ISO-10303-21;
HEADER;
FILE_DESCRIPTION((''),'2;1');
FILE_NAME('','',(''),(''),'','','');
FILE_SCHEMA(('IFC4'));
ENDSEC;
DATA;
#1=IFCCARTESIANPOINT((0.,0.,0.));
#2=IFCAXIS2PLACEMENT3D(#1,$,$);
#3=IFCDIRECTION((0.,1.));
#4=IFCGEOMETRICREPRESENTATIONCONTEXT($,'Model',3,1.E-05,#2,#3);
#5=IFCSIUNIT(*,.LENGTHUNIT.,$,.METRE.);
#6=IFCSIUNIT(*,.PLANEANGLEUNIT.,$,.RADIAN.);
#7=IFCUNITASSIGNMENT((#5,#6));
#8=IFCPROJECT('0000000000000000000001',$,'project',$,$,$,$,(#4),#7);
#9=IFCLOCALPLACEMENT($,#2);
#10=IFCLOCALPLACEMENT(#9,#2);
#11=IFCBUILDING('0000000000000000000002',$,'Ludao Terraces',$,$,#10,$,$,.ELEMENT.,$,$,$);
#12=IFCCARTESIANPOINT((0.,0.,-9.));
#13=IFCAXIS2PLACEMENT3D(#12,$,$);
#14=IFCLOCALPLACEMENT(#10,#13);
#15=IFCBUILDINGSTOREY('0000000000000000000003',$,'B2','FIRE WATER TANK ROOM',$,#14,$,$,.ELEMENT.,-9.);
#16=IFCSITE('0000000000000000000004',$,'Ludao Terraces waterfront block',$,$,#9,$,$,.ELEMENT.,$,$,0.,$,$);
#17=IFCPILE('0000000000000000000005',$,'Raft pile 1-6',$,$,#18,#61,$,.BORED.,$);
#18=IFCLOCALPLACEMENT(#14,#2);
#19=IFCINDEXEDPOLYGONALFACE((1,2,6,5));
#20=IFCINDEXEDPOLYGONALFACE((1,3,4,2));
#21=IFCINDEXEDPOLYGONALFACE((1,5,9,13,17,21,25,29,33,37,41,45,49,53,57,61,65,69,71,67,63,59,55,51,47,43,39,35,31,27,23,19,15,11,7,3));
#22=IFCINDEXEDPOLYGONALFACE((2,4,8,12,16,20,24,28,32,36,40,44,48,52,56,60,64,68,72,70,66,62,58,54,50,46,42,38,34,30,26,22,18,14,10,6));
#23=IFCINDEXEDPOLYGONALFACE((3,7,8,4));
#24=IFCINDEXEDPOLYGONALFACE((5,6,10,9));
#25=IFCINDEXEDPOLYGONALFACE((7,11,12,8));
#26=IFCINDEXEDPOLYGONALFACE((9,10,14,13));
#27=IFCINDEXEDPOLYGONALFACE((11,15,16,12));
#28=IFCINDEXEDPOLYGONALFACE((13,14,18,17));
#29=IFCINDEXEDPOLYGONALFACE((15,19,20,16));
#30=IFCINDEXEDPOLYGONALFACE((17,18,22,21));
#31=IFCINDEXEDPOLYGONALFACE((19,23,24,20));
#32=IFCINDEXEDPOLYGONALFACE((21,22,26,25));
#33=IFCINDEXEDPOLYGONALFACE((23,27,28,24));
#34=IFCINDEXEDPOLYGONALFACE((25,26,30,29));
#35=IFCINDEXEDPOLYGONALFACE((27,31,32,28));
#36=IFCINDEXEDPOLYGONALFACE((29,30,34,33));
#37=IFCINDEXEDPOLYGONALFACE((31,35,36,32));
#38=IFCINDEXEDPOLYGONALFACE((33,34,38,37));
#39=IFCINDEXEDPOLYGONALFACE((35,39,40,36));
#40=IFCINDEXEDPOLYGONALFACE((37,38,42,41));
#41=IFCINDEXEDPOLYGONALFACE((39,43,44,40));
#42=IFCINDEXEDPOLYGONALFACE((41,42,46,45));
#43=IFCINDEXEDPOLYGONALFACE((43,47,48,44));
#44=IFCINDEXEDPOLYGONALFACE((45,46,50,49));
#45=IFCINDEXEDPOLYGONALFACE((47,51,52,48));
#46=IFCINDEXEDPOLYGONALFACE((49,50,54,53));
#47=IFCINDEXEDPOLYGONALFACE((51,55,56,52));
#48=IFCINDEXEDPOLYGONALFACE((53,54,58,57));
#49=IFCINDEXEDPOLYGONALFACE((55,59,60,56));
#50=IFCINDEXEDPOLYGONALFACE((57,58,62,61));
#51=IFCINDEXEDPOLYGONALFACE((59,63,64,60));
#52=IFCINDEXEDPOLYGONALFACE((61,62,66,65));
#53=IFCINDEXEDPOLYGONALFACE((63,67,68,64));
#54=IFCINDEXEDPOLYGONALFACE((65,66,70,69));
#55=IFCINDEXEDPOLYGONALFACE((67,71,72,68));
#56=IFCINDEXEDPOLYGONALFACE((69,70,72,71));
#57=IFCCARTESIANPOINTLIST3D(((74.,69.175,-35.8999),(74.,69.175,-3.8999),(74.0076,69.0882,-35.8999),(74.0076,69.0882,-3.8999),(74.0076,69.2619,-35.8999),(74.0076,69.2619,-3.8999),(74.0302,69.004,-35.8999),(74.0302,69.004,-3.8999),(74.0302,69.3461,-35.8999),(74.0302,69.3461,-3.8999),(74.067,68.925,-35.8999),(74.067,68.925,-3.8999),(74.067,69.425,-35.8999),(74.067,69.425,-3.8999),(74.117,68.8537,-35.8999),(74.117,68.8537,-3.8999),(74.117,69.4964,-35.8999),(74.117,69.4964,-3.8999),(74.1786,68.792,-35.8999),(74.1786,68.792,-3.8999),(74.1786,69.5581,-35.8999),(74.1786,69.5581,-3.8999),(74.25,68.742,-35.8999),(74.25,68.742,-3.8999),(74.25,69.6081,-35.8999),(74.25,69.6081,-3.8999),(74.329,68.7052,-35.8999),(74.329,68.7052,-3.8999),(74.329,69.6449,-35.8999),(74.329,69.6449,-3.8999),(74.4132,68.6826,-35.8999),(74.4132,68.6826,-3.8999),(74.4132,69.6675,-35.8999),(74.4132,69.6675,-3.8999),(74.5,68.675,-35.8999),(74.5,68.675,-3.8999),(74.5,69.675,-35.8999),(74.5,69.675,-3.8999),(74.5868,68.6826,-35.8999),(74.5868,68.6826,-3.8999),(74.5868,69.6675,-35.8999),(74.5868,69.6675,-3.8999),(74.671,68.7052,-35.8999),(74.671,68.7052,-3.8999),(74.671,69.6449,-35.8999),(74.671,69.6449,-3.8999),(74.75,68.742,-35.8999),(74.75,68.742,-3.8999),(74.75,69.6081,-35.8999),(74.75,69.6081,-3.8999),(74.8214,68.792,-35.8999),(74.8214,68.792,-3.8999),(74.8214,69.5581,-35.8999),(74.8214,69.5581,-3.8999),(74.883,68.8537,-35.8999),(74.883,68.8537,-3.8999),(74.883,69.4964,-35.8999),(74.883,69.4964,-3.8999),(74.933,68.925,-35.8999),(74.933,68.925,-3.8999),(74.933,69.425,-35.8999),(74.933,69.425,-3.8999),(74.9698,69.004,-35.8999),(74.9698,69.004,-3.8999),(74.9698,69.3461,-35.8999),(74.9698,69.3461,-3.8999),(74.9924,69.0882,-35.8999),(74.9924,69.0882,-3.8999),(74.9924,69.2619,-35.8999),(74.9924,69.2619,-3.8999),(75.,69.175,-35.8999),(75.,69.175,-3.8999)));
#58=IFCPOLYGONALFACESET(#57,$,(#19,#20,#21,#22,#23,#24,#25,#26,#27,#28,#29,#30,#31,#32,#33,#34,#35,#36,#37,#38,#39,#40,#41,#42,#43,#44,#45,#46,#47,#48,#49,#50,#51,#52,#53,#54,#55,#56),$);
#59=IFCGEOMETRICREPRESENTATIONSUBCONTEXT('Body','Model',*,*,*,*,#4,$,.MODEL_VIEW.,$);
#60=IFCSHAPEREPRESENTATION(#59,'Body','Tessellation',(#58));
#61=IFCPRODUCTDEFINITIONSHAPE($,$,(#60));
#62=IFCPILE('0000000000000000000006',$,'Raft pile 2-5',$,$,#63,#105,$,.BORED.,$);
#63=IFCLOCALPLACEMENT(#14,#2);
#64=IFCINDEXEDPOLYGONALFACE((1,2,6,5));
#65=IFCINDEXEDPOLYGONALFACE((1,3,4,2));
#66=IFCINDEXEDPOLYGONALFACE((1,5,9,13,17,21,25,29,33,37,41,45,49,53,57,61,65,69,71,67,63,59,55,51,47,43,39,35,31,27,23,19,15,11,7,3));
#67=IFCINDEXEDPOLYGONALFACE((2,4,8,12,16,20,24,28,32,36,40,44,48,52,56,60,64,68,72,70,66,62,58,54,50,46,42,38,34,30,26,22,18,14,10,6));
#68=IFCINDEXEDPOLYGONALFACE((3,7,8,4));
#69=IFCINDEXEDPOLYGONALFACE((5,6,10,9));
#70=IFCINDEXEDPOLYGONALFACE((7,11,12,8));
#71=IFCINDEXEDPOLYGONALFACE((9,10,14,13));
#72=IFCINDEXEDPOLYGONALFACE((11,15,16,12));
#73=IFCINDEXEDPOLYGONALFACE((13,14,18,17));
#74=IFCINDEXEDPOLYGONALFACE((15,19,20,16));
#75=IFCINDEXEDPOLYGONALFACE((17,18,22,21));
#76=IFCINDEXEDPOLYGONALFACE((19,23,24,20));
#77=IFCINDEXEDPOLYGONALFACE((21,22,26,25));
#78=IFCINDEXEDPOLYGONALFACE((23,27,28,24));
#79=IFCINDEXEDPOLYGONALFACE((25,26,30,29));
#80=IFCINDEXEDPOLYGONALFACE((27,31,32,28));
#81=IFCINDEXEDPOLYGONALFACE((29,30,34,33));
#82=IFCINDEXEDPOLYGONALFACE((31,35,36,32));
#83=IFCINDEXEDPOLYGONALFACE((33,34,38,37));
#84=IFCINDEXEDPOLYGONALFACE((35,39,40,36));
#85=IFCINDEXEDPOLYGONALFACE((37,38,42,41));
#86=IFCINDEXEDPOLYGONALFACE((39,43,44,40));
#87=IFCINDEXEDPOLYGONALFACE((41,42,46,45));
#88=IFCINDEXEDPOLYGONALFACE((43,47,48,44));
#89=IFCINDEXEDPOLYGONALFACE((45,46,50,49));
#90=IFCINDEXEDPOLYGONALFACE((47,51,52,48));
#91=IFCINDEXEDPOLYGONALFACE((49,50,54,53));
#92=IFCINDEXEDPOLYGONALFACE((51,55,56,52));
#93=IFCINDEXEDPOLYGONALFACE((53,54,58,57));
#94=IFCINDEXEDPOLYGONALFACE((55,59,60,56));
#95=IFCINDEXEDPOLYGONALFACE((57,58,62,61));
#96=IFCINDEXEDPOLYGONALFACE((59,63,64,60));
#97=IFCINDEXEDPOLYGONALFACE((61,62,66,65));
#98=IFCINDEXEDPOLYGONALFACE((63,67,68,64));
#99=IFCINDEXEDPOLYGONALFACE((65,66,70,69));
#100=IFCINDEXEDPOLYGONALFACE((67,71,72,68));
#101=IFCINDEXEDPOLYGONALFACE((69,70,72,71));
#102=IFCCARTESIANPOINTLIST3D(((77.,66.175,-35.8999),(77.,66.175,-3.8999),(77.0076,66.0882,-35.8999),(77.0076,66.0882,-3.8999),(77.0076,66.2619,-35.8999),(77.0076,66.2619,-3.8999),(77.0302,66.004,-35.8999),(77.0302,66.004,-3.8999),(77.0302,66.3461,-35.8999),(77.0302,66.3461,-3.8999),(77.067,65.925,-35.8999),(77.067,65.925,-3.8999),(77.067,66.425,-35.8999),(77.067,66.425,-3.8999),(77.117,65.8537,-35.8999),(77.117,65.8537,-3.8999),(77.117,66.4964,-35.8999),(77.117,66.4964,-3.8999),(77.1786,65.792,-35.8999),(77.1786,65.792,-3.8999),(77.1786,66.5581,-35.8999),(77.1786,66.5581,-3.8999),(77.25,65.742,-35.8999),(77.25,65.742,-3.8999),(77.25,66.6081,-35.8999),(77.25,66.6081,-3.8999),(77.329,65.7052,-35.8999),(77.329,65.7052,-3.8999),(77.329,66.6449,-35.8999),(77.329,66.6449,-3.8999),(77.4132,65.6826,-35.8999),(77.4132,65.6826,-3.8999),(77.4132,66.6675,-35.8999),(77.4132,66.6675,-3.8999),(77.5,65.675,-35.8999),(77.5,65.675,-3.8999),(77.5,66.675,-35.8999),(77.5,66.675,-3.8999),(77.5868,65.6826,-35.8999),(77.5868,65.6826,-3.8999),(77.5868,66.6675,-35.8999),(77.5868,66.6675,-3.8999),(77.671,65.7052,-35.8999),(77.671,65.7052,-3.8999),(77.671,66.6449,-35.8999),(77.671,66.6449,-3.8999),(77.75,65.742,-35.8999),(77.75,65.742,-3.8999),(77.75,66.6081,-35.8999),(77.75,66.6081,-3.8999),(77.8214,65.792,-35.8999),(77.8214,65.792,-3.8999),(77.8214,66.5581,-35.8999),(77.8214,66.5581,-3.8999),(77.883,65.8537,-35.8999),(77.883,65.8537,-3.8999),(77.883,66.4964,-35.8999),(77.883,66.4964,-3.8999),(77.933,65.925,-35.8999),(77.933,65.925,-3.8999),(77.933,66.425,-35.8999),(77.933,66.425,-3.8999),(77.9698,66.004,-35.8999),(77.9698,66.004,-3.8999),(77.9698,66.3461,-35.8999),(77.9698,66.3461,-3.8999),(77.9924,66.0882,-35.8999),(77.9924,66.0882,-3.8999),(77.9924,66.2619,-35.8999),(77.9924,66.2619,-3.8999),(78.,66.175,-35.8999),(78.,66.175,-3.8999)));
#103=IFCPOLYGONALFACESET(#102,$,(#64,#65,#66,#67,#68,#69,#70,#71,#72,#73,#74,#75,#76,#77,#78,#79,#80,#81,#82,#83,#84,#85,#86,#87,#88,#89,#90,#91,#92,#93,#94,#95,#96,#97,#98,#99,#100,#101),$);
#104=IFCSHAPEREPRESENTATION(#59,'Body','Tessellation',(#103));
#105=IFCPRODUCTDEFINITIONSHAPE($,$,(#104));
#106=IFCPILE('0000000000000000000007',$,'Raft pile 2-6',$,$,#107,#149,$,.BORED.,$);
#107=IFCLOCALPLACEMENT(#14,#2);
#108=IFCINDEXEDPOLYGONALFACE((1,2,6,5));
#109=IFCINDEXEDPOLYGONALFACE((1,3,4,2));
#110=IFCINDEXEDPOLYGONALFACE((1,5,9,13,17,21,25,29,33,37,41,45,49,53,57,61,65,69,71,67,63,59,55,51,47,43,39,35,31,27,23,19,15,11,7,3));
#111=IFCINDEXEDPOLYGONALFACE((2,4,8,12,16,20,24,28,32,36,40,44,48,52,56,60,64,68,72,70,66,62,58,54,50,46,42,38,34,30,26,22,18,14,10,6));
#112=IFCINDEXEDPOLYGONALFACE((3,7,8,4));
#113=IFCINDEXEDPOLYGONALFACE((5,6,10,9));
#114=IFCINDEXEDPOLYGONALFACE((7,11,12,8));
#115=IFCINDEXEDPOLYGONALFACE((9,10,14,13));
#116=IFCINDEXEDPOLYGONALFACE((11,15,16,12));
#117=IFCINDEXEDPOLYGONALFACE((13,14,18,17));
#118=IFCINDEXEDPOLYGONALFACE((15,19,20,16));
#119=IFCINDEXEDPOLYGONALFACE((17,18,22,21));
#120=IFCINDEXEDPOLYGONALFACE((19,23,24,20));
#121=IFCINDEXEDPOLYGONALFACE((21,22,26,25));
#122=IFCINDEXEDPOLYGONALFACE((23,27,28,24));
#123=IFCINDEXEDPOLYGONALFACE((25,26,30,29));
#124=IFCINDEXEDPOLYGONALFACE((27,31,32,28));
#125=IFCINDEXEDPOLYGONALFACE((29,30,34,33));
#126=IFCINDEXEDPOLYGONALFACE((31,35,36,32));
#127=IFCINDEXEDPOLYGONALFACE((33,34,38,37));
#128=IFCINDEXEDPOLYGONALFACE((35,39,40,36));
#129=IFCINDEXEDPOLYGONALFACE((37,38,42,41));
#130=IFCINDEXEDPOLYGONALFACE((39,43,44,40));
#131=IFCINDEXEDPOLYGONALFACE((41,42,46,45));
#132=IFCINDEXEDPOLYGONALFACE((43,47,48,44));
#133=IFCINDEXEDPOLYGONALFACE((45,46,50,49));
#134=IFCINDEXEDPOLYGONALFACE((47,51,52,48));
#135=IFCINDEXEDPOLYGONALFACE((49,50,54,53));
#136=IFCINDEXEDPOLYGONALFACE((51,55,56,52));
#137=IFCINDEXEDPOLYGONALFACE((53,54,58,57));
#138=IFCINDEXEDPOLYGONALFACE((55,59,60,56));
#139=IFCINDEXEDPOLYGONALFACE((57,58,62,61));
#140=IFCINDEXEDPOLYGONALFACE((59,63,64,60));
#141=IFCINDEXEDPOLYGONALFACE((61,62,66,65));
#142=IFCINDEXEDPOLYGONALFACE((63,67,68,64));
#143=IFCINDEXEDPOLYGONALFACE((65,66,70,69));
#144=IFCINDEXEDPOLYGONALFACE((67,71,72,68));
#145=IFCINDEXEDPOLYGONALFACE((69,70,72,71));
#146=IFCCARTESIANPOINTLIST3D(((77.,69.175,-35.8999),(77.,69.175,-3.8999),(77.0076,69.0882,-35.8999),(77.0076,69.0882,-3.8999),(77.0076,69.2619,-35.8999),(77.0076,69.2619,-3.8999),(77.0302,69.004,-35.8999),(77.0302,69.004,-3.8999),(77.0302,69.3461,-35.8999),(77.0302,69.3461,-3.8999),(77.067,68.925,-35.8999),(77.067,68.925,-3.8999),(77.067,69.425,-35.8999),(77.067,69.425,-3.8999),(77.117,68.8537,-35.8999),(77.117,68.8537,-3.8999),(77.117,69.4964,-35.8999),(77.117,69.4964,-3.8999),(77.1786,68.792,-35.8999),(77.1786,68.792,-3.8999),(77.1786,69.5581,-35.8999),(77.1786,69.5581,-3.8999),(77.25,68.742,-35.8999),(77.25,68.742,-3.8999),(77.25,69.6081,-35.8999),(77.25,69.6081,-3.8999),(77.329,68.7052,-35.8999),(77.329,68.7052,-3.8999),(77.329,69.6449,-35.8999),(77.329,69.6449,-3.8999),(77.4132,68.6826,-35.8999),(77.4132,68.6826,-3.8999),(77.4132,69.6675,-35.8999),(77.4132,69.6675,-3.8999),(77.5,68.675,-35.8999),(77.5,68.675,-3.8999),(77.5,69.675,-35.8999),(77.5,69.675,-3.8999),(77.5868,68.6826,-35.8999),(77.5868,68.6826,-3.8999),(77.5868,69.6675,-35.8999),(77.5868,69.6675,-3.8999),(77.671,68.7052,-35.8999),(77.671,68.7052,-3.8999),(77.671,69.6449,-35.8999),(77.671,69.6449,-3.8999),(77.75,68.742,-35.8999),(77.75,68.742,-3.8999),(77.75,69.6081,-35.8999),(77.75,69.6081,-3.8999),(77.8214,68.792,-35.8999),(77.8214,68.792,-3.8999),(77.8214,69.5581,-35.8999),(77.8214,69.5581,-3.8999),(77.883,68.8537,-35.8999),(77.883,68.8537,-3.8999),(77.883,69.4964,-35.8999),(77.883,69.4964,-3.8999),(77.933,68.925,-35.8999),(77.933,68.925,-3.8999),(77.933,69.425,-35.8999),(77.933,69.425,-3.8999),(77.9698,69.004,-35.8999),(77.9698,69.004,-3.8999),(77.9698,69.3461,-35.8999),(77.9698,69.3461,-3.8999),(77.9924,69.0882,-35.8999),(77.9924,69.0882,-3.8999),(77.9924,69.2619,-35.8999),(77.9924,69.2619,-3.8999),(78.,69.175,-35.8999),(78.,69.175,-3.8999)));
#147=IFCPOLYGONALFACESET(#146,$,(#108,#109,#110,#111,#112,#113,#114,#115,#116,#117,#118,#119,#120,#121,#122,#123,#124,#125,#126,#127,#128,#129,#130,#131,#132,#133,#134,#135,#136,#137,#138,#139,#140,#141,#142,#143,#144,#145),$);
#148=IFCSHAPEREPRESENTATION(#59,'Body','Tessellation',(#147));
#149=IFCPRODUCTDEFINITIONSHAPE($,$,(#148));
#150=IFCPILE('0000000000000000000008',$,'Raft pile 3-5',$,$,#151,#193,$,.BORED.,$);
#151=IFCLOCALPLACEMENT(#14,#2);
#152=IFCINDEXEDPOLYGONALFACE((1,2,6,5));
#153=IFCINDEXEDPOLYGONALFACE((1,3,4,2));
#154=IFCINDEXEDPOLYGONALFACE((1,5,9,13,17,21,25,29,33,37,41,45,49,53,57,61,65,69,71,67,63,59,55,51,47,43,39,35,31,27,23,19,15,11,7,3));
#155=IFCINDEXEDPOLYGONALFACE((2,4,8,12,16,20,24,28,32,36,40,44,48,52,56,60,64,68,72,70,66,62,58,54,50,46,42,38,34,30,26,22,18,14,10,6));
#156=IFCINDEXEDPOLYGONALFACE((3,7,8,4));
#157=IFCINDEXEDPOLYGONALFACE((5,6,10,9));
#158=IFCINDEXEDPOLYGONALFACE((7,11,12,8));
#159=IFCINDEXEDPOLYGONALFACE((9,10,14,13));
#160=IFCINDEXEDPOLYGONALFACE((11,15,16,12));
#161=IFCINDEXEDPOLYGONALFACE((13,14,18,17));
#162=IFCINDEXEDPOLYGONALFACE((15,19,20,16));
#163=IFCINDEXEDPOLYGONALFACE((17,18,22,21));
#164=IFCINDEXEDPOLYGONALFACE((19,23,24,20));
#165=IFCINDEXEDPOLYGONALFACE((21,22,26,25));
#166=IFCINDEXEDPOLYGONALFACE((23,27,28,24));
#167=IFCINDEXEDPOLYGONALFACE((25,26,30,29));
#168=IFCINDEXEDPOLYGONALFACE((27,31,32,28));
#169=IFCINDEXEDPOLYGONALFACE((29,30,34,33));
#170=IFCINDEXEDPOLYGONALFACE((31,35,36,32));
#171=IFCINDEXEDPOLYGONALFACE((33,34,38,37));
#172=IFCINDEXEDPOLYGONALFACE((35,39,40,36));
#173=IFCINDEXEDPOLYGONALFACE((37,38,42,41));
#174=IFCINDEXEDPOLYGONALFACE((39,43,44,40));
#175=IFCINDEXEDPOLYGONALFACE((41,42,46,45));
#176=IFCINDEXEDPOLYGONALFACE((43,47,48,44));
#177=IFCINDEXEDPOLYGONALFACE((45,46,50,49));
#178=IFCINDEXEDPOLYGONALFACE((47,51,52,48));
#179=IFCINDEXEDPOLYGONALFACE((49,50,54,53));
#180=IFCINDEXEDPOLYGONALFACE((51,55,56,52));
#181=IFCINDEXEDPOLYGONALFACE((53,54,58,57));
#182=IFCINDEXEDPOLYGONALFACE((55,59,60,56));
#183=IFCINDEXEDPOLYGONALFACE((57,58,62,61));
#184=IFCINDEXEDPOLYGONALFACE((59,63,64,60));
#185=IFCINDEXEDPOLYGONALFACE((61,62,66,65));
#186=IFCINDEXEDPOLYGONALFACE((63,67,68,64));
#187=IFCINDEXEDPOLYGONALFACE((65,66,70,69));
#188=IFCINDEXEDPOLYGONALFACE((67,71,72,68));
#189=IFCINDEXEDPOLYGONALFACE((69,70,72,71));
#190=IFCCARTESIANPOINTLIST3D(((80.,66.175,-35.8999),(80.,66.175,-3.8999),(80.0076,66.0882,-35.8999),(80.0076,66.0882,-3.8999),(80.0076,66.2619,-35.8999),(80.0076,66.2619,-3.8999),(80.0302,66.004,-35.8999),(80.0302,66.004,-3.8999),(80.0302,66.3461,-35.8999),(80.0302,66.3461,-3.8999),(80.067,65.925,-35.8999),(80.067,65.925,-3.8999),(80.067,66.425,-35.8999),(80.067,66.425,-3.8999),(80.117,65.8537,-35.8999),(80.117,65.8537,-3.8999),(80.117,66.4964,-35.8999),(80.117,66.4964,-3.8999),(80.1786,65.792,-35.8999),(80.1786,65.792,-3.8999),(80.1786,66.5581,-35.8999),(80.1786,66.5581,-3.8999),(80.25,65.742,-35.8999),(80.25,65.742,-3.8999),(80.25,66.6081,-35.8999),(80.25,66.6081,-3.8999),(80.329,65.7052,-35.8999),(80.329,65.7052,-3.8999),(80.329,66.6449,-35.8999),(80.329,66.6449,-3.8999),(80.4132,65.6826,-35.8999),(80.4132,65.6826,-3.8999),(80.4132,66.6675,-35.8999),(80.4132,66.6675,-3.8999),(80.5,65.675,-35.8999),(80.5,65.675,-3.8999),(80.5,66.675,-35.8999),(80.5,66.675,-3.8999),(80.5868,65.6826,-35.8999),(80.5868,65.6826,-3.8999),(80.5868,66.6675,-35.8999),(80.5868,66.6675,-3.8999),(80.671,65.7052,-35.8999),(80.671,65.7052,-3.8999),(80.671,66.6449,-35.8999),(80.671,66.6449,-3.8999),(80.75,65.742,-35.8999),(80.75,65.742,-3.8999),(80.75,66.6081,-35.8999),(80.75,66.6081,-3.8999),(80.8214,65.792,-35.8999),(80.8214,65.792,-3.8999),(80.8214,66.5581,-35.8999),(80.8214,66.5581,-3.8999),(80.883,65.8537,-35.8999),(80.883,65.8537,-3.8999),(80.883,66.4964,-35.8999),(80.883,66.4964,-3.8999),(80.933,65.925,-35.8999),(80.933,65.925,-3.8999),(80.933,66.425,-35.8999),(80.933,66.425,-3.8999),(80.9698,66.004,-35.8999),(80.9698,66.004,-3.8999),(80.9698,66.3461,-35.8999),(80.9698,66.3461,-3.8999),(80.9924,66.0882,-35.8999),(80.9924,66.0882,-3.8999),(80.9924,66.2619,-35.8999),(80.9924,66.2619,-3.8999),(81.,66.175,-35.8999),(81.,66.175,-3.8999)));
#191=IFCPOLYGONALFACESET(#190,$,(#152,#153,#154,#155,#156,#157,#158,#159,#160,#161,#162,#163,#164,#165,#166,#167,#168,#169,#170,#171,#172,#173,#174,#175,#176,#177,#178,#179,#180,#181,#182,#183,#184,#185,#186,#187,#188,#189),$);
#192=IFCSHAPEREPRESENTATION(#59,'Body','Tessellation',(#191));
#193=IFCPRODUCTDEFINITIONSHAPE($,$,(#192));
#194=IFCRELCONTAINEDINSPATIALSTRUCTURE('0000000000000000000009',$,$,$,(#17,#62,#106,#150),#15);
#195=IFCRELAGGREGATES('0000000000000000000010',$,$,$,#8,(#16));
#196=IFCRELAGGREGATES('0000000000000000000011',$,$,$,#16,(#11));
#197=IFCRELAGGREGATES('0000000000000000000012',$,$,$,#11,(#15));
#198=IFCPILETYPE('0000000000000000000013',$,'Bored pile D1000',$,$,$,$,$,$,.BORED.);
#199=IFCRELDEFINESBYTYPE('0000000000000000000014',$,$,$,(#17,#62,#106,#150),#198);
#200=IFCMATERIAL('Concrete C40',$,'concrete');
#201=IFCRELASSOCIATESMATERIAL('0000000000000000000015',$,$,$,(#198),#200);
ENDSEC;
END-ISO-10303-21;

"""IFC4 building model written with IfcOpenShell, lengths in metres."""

from ifc_helpers import new_model, si_unit, direction, frame, origin, origin_2d, place, context, subcontext, project, spatial, circle, extrude, material, material_profile, profile_set, type_object, element, save


model = new_model("IFC4")

# Units and contexts
model_context = context("Model", 3, precision=1e-05, world=origin(), true_north=direction((0.0, 1.0)))
body_context = subcontext(model_context, "Body", "Model", "MODEL_VIEW")
ifc_project = project(units=[si_unit("LENGTHUNIT", "METRE"), si_unit("PLANEANGLEUNIT", "RADIAN")], contexts=[model_context])

# Site, building, storey
site_placement = place(None, origin())
site = spatial("IfcSite", under=ifc_project, at=site_placement, Name="Ludao Terraces waterfront block", CompositionType="ELEMENT", RefElevation=0.0)
building_placement = place(site_placement, origin())
building = spatial("IfcBuilding", under=site, at=building_placement, Name="Ludao Terraces", CompositionType="ELEMENT")
storey_placement = place(building_placement, frame((0.0, 0.0, -9.0)))
storey = spatial("IfcBuildingStorey", under=building, at=storey_placement, Name="B2", Description="FIRE WATER TANK ROOM", CompositionType="ELEMENT", Elevation=-9.0)

# Piles
ifc_material_1 = material(Name="Concrete C40", Category="concrete")
ifc_material_profile = material_profile(ifc_material_1, circle(Radius=0.5, at=origin_2d()), Name="D1000 BORED PILE")
ifc_profile_set = profile_set([ifc_material_profile], Name="Concrete C40")
pile_type = type_object("IfcPileType", Name="Bored pile D1000", PredefinedType="BORED", material=ifc_profile_set)
for number, where, z_axis, x_axis, name in (
    (1, (74.5, 69.175, -3.8999), (0.0, 0.0, -1.0), (1.0, 0.0, 0.0), "Raft pile 1-6"),
    (2, (77.5, 66.175, -3.8999), (0.0, 0.0, -1.0), (1.0, 0.0, 0.0), "Raft pile 2-5"),
    (3, (77.5, 69.175, -3.8999), (0.0, 0.0, -1.0), (1.0, 0.0, 0.0), "Raft pile 2-6"),
    (4, (80.5, 66.175, -3.8999), (0.0, 0.0, -1.0), (1.0, 0.0, 0.0), "Raft pile 3-5"),
):
    element("IfcPile", number, at=place(storey_placement, frame(where, z_axis=z_axis, x_axis=x_axis)), inside=storey, type_object=pile_type, Name=name, PredefinedType="BORED", context=body_context, shape_type="SweptSolid", body=[
        extrude(circle(Radius=0.5, at=origin_2d()), origin(), (0.0, 0.0, 1.0), 32.0),
    ])

save(model, "model.ifc")
